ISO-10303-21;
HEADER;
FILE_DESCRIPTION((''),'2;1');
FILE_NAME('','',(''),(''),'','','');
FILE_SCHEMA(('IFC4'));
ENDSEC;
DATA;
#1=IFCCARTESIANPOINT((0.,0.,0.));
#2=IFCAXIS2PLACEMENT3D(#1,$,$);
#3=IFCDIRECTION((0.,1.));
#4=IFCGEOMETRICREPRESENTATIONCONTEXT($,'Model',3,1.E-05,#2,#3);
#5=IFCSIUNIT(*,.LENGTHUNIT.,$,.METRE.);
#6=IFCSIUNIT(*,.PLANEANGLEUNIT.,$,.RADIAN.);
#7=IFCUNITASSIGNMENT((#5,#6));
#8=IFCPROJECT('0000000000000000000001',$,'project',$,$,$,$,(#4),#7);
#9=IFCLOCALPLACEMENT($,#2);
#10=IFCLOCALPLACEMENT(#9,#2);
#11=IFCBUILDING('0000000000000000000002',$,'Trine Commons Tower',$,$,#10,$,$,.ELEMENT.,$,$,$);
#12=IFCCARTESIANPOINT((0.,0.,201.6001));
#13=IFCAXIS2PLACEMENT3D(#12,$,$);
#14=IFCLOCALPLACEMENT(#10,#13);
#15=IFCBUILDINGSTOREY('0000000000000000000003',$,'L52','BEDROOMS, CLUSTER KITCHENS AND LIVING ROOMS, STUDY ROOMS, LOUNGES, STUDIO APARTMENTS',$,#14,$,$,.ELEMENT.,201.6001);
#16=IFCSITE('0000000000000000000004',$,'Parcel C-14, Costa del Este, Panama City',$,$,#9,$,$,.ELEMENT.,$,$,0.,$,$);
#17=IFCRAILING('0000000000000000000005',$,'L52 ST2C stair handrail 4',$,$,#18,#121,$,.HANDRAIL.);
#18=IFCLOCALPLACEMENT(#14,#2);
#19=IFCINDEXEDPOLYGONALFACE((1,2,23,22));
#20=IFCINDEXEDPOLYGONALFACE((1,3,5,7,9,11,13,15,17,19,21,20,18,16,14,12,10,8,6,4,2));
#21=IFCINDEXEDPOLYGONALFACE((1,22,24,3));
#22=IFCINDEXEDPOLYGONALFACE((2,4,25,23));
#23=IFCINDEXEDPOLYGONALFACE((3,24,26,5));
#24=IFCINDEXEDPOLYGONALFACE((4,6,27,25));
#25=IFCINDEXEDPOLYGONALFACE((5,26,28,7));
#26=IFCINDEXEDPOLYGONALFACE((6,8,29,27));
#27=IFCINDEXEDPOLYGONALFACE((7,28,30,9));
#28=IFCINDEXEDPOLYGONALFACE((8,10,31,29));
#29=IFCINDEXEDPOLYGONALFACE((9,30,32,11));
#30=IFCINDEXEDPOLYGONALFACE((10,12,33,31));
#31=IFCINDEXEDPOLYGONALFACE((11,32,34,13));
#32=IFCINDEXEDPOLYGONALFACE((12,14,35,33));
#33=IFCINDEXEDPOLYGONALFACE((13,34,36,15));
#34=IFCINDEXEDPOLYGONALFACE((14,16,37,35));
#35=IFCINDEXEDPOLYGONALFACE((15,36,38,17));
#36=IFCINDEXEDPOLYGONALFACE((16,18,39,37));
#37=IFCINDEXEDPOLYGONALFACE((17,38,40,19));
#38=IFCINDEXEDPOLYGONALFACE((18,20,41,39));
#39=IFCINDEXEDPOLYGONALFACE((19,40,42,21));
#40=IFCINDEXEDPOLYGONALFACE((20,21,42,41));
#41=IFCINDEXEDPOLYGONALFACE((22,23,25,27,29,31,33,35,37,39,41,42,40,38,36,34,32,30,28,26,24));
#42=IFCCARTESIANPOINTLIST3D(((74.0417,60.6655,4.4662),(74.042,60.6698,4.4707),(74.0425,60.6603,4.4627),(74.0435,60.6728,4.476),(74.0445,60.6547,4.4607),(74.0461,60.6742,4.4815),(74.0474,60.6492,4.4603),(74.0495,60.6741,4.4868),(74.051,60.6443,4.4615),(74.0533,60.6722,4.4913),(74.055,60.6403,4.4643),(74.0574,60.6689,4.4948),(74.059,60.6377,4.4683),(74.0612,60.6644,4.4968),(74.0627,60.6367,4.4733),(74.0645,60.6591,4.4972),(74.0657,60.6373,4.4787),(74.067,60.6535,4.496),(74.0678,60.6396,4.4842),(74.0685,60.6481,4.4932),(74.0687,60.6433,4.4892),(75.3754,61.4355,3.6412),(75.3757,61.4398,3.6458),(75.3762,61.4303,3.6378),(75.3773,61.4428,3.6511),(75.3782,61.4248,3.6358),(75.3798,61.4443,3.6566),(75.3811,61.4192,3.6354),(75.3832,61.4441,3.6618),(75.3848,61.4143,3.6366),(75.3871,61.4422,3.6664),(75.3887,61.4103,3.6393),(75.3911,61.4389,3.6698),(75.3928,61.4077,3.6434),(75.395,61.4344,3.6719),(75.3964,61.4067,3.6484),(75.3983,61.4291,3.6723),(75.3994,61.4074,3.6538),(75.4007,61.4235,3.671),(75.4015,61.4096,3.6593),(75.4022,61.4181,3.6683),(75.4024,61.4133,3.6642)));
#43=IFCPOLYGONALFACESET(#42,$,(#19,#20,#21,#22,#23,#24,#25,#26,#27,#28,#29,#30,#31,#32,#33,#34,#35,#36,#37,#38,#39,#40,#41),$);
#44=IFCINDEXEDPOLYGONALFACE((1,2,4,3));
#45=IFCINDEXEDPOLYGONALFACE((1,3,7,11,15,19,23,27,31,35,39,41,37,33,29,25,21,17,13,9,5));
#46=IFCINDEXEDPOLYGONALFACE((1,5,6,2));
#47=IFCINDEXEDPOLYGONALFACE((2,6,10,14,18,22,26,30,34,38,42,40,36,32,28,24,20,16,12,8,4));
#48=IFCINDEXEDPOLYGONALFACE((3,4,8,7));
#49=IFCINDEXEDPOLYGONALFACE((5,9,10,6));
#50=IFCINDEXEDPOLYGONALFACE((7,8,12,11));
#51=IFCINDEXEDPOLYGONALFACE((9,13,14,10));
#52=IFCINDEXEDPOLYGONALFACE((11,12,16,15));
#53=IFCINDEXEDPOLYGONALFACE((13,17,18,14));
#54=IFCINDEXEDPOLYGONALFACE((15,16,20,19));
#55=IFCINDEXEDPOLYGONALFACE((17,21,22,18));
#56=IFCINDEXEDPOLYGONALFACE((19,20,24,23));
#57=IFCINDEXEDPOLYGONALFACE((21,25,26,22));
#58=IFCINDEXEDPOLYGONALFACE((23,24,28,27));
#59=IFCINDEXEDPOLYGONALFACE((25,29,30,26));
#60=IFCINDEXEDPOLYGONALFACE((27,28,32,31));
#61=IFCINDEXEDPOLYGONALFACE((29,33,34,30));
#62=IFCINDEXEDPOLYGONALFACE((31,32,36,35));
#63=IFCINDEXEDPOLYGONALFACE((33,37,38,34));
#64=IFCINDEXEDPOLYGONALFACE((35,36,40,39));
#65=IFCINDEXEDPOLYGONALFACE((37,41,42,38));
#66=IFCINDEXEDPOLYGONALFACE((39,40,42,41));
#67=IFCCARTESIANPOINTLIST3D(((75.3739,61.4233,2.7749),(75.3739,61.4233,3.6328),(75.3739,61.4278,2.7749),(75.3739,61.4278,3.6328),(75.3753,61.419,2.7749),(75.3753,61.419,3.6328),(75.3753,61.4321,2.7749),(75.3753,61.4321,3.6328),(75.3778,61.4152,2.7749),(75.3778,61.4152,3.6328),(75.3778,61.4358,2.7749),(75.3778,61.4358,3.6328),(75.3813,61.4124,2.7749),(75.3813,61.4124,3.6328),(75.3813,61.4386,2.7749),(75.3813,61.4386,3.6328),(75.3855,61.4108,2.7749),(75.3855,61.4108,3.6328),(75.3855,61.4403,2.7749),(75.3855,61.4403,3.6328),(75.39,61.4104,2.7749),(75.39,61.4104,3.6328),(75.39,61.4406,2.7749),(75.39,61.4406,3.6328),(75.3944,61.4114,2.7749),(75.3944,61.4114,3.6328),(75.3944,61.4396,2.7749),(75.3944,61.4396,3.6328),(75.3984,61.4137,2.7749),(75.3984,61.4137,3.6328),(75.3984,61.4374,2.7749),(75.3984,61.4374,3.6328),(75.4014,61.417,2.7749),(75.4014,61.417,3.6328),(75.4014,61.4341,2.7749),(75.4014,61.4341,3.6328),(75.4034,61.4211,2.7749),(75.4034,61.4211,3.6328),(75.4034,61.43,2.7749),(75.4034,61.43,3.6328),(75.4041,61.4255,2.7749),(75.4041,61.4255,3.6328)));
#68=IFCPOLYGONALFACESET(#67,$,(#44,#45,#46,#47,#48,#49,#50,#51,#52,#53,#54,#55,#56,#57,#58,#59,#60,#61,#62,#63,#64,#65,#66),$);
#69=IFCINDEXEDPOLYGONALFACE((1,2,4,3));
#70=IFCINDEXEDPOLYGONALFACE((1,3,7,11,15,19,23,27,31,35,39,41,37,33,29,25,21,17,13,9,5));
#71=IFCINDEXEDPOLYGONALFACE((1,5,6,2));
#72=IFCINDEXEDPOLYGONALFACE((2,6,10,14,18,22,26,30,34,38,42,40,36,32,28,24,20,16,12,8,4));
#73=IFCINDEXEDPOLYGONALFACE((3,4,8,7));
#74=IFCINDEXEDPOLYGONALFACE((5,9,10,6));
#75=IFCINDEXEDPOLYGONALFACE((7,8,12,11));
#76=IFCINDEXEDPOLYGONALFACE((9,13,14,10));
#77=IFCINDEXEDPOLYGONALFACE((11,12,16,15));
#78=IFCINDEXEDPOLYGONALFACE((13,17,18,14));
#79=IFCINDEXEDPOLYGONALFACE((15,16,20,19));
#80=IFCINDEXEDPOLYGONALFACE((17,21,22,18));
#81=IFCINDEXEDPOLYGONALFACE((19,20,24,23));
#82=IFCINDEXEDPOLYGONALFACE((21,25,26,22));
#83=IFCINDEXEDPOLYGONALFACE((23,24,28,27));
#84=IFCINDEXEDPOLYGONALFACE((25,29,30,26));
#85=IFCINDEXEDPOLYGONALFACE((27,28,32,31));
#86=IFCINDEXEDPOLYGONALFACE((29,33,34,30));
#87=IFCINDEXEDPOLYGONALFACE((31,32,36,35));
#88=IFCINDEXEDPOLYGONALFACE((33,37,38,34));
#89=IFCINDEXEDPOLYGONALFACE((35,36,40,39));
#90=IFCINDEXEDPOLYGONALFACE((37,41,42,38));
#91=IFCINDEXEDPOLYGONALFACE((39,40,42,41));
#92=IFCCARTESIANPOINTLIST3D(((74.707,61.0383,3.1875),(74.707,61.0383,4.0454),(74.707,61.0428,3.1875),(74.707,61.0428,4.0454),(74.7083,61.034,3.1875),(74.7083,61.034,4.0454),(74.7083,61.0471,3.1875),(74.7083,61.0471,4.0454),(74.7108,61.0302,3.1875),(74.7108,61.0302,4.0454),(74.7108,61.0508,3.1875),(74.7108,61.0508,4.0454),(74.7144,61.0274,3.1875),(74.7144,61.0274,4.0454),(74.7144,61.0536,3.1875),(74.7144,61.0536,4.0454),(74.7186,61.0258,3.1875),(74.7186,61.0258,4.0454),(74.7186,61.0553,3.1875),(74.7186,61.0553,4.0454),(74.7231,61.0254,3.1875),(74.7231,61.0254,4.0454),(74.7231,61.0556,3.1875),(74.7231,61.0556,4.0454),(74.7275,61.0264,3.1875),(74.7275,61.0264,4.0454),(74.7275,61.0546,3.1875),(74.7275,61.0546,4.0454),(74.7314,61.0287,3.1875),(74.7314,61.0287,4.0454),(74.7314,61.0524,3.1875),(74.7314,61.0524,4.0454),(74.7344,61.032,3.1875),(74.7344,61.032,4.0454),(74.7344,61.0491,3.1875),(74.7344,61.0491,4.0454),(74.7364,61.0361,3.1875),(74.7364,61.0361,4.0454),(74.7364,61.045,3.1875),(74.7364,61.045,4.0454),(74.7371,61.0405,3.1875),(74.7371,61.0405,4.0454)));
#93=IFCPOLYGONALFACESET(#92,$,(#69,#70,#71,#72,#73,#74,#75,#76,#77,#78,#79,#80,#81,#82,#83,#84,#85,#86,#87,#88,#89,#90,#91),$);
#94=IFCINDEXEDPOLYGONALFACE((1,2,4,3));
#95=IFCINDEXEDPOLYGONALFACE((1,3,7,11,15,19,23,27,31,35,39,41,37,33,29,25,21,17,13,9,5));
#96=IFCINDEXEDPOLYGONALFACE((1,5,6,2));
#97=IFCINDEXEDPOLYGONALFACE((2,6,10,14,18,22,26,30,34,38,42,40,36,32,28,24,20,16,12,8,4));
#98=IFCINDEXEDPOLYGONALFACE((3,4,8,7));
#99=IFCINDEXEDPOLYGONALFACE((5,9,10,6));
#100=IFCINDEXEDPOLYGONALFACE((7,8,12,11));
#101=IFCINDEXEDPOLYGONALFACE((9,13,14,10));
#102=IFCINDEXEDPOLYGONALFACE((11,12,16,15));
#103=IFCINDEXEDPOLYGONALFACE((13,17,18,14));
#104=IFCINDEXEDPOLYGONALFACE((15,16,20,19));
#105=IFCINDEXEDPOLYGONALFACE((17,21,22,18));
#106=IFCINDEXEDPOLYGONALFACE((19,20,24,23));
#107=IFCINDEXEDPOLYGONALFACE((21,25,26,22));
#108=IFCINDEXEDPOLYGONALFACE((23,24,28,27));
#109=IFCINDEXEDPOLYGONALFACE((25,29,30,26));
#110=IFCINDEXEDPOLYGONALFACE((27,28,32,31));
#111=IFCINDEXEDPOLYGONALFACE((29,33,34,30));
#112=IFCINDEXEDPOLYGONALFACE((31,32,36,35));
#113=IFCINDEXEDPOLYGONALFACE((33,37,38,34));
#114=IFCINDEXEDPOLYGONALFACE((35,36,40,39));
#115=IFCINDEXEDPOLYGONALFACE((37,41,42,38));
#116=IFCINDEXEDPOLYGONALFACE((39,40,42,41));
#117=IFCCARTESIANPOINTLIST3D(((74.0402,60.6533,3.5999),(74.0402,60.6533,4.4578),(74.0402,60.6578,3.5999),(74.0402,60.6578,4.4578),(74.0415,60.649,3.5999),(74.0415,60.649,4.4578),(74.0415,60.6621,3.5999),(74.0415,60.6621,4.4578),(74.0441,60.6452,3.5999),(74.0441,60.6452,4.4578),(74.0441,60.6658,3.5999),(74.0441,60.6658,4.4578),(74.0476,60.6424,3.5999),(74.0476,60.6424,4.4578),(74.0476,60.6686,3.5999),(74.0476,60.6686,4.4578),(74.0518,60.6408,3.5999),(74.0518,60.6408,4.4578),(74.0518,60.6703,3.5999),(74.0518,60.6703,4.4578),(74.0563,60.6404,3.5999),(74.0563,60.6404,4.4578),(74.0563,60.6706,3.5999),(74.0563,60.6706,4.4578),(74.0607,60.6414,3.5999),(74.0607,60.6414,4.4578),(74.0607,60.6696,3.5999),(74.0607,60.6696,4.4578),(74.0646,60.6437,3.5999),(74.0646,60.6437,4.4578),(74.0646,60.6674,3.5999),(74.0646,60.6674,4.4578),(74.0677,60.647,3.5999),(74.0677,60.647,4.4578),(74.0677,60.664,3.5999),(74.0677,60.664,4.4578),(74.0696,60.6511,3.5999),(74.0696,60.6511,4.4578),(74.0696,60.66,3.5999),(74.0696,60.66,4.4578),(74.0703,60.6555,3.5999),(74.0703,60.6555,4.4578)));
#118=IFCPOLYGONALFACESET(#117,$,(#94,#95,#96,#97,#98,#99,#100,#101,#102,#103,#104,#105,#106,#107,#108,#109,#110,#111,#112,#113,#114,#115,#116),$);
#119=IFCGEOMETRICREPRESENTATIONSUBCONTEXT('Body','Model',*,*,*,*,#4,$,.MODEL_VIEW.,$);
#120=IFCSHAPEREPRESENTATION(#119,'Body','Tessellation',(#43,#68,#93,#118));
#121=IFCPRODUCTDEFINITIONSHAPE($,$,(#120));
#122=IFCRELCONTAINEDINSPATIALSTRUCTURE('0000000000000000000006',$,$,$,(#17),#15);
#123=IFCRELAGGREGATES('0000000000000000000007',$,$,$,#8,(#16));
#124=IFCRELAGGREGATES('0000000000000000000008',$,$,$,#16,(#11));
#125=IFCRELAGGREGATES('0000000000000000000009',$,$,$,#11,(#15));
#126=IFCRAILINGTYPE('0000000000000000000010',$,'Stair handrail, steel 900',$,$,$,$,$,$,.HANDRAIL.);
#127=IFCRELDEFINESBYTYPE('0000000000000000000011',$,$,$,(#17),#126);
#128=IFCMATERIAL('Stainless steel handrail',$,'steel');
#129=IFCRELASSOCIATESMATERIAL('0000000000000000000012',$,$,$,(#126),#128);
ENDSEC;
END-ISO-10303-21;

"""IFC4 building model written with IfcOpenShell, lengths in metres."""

from ifc_helpers import new_model, si_unit, direction, frame, origin, origin_2d, place, context, subcontext, project, spatial, circle, extrude, material, type_object, element, save


model = new_model("IFC4")

# Units and contexts
model_context = context("Model", 3, precision=1e-05, world=origin(), true_north=direction((0.0, 1.0)))
body_context = subcontext(model_context, "Body", "Model", "MODEL_VIEW")
ifc_project = project(units=[si_unit("LENGTHUNIT", "METRE"), si_unit("PLANEANGLEUNIT", "RADIAN")], contexts=[model_context])

# Site, building, storey
site_placement = place(None, origin())
site = spatial("IfcSite", under=ifc_project, at=site_placement, Name="Parcel C-14, Costa del Este, Panama City", CompositionType="ELEMENT", RefElevation=0.0)
building_placement = place(site_placement, origin())
building = spatial("IfcBuilding", under=site, at=building_placement, Name="Trine Commons Tower", CompositionType="ELEMENT")
storey_placement = place(building_placement, frame((0.0, 0.0, 201.6001)))
storey = spatial("IfcBuildingStorey", under=building, at=storey_placement, Name="L52", Description="BEDROOMS, CLUSTER KITCHENS AND LIVING ROOMS, STUDY ROOMS, LOUNGES, STUDIO APARTMENTS", CompositionType="ELEMENT", Elevation=201.6001)

# Railing
ifc_material_1 = material(Name="Stainless steel handrail", Category="steel")
railing_type_1 = type_object("IfcRailingType", Name="Stair handrail, steel 900", PredefinedType="HANDRAIL", material=ifc_material_1)
for number, where, name in (
    (1, (75.3889, 61.4255, 2.7749), "L52 ST2C stair handrail 4"),
):
    element("IfcRailing", number, at=place(storey_placement, frame(where)), inside=storey, type_object=railing_type_1, Name=name, PredefinedType="HANDRAIL", context=body_context, shape_type="SweptSolid", body=[
        extrude(circle(Radius=0.021, at=origin_2d()), frame((0.0, 0.0, 0.8789), z_axis=(-0.763405, -0.440743, 0.472185), x_axis=(0.499992, -0.86603, 0.0)), (0.0, 0.0, 1.0), 1.7471),
        extrude(circle(Radius=0.0151, at=origin_2d()), origin(), (0.0, 0.0, 1.0), 0.8579),
        extrude(circle(Radius=0.0151, at=origin_2d()), frame((-0.667, -0.385, 0.4126)), (0.0, 0.0, 1.0), 0.8579),
        extrude(circle(Radius=0.0151, at=origin_2d()), frame((-1.3337, -0.77, 0.825)), (0.0, 0.0, 1.0), 0.8579),
    ])

save(model, "model.ifc")
